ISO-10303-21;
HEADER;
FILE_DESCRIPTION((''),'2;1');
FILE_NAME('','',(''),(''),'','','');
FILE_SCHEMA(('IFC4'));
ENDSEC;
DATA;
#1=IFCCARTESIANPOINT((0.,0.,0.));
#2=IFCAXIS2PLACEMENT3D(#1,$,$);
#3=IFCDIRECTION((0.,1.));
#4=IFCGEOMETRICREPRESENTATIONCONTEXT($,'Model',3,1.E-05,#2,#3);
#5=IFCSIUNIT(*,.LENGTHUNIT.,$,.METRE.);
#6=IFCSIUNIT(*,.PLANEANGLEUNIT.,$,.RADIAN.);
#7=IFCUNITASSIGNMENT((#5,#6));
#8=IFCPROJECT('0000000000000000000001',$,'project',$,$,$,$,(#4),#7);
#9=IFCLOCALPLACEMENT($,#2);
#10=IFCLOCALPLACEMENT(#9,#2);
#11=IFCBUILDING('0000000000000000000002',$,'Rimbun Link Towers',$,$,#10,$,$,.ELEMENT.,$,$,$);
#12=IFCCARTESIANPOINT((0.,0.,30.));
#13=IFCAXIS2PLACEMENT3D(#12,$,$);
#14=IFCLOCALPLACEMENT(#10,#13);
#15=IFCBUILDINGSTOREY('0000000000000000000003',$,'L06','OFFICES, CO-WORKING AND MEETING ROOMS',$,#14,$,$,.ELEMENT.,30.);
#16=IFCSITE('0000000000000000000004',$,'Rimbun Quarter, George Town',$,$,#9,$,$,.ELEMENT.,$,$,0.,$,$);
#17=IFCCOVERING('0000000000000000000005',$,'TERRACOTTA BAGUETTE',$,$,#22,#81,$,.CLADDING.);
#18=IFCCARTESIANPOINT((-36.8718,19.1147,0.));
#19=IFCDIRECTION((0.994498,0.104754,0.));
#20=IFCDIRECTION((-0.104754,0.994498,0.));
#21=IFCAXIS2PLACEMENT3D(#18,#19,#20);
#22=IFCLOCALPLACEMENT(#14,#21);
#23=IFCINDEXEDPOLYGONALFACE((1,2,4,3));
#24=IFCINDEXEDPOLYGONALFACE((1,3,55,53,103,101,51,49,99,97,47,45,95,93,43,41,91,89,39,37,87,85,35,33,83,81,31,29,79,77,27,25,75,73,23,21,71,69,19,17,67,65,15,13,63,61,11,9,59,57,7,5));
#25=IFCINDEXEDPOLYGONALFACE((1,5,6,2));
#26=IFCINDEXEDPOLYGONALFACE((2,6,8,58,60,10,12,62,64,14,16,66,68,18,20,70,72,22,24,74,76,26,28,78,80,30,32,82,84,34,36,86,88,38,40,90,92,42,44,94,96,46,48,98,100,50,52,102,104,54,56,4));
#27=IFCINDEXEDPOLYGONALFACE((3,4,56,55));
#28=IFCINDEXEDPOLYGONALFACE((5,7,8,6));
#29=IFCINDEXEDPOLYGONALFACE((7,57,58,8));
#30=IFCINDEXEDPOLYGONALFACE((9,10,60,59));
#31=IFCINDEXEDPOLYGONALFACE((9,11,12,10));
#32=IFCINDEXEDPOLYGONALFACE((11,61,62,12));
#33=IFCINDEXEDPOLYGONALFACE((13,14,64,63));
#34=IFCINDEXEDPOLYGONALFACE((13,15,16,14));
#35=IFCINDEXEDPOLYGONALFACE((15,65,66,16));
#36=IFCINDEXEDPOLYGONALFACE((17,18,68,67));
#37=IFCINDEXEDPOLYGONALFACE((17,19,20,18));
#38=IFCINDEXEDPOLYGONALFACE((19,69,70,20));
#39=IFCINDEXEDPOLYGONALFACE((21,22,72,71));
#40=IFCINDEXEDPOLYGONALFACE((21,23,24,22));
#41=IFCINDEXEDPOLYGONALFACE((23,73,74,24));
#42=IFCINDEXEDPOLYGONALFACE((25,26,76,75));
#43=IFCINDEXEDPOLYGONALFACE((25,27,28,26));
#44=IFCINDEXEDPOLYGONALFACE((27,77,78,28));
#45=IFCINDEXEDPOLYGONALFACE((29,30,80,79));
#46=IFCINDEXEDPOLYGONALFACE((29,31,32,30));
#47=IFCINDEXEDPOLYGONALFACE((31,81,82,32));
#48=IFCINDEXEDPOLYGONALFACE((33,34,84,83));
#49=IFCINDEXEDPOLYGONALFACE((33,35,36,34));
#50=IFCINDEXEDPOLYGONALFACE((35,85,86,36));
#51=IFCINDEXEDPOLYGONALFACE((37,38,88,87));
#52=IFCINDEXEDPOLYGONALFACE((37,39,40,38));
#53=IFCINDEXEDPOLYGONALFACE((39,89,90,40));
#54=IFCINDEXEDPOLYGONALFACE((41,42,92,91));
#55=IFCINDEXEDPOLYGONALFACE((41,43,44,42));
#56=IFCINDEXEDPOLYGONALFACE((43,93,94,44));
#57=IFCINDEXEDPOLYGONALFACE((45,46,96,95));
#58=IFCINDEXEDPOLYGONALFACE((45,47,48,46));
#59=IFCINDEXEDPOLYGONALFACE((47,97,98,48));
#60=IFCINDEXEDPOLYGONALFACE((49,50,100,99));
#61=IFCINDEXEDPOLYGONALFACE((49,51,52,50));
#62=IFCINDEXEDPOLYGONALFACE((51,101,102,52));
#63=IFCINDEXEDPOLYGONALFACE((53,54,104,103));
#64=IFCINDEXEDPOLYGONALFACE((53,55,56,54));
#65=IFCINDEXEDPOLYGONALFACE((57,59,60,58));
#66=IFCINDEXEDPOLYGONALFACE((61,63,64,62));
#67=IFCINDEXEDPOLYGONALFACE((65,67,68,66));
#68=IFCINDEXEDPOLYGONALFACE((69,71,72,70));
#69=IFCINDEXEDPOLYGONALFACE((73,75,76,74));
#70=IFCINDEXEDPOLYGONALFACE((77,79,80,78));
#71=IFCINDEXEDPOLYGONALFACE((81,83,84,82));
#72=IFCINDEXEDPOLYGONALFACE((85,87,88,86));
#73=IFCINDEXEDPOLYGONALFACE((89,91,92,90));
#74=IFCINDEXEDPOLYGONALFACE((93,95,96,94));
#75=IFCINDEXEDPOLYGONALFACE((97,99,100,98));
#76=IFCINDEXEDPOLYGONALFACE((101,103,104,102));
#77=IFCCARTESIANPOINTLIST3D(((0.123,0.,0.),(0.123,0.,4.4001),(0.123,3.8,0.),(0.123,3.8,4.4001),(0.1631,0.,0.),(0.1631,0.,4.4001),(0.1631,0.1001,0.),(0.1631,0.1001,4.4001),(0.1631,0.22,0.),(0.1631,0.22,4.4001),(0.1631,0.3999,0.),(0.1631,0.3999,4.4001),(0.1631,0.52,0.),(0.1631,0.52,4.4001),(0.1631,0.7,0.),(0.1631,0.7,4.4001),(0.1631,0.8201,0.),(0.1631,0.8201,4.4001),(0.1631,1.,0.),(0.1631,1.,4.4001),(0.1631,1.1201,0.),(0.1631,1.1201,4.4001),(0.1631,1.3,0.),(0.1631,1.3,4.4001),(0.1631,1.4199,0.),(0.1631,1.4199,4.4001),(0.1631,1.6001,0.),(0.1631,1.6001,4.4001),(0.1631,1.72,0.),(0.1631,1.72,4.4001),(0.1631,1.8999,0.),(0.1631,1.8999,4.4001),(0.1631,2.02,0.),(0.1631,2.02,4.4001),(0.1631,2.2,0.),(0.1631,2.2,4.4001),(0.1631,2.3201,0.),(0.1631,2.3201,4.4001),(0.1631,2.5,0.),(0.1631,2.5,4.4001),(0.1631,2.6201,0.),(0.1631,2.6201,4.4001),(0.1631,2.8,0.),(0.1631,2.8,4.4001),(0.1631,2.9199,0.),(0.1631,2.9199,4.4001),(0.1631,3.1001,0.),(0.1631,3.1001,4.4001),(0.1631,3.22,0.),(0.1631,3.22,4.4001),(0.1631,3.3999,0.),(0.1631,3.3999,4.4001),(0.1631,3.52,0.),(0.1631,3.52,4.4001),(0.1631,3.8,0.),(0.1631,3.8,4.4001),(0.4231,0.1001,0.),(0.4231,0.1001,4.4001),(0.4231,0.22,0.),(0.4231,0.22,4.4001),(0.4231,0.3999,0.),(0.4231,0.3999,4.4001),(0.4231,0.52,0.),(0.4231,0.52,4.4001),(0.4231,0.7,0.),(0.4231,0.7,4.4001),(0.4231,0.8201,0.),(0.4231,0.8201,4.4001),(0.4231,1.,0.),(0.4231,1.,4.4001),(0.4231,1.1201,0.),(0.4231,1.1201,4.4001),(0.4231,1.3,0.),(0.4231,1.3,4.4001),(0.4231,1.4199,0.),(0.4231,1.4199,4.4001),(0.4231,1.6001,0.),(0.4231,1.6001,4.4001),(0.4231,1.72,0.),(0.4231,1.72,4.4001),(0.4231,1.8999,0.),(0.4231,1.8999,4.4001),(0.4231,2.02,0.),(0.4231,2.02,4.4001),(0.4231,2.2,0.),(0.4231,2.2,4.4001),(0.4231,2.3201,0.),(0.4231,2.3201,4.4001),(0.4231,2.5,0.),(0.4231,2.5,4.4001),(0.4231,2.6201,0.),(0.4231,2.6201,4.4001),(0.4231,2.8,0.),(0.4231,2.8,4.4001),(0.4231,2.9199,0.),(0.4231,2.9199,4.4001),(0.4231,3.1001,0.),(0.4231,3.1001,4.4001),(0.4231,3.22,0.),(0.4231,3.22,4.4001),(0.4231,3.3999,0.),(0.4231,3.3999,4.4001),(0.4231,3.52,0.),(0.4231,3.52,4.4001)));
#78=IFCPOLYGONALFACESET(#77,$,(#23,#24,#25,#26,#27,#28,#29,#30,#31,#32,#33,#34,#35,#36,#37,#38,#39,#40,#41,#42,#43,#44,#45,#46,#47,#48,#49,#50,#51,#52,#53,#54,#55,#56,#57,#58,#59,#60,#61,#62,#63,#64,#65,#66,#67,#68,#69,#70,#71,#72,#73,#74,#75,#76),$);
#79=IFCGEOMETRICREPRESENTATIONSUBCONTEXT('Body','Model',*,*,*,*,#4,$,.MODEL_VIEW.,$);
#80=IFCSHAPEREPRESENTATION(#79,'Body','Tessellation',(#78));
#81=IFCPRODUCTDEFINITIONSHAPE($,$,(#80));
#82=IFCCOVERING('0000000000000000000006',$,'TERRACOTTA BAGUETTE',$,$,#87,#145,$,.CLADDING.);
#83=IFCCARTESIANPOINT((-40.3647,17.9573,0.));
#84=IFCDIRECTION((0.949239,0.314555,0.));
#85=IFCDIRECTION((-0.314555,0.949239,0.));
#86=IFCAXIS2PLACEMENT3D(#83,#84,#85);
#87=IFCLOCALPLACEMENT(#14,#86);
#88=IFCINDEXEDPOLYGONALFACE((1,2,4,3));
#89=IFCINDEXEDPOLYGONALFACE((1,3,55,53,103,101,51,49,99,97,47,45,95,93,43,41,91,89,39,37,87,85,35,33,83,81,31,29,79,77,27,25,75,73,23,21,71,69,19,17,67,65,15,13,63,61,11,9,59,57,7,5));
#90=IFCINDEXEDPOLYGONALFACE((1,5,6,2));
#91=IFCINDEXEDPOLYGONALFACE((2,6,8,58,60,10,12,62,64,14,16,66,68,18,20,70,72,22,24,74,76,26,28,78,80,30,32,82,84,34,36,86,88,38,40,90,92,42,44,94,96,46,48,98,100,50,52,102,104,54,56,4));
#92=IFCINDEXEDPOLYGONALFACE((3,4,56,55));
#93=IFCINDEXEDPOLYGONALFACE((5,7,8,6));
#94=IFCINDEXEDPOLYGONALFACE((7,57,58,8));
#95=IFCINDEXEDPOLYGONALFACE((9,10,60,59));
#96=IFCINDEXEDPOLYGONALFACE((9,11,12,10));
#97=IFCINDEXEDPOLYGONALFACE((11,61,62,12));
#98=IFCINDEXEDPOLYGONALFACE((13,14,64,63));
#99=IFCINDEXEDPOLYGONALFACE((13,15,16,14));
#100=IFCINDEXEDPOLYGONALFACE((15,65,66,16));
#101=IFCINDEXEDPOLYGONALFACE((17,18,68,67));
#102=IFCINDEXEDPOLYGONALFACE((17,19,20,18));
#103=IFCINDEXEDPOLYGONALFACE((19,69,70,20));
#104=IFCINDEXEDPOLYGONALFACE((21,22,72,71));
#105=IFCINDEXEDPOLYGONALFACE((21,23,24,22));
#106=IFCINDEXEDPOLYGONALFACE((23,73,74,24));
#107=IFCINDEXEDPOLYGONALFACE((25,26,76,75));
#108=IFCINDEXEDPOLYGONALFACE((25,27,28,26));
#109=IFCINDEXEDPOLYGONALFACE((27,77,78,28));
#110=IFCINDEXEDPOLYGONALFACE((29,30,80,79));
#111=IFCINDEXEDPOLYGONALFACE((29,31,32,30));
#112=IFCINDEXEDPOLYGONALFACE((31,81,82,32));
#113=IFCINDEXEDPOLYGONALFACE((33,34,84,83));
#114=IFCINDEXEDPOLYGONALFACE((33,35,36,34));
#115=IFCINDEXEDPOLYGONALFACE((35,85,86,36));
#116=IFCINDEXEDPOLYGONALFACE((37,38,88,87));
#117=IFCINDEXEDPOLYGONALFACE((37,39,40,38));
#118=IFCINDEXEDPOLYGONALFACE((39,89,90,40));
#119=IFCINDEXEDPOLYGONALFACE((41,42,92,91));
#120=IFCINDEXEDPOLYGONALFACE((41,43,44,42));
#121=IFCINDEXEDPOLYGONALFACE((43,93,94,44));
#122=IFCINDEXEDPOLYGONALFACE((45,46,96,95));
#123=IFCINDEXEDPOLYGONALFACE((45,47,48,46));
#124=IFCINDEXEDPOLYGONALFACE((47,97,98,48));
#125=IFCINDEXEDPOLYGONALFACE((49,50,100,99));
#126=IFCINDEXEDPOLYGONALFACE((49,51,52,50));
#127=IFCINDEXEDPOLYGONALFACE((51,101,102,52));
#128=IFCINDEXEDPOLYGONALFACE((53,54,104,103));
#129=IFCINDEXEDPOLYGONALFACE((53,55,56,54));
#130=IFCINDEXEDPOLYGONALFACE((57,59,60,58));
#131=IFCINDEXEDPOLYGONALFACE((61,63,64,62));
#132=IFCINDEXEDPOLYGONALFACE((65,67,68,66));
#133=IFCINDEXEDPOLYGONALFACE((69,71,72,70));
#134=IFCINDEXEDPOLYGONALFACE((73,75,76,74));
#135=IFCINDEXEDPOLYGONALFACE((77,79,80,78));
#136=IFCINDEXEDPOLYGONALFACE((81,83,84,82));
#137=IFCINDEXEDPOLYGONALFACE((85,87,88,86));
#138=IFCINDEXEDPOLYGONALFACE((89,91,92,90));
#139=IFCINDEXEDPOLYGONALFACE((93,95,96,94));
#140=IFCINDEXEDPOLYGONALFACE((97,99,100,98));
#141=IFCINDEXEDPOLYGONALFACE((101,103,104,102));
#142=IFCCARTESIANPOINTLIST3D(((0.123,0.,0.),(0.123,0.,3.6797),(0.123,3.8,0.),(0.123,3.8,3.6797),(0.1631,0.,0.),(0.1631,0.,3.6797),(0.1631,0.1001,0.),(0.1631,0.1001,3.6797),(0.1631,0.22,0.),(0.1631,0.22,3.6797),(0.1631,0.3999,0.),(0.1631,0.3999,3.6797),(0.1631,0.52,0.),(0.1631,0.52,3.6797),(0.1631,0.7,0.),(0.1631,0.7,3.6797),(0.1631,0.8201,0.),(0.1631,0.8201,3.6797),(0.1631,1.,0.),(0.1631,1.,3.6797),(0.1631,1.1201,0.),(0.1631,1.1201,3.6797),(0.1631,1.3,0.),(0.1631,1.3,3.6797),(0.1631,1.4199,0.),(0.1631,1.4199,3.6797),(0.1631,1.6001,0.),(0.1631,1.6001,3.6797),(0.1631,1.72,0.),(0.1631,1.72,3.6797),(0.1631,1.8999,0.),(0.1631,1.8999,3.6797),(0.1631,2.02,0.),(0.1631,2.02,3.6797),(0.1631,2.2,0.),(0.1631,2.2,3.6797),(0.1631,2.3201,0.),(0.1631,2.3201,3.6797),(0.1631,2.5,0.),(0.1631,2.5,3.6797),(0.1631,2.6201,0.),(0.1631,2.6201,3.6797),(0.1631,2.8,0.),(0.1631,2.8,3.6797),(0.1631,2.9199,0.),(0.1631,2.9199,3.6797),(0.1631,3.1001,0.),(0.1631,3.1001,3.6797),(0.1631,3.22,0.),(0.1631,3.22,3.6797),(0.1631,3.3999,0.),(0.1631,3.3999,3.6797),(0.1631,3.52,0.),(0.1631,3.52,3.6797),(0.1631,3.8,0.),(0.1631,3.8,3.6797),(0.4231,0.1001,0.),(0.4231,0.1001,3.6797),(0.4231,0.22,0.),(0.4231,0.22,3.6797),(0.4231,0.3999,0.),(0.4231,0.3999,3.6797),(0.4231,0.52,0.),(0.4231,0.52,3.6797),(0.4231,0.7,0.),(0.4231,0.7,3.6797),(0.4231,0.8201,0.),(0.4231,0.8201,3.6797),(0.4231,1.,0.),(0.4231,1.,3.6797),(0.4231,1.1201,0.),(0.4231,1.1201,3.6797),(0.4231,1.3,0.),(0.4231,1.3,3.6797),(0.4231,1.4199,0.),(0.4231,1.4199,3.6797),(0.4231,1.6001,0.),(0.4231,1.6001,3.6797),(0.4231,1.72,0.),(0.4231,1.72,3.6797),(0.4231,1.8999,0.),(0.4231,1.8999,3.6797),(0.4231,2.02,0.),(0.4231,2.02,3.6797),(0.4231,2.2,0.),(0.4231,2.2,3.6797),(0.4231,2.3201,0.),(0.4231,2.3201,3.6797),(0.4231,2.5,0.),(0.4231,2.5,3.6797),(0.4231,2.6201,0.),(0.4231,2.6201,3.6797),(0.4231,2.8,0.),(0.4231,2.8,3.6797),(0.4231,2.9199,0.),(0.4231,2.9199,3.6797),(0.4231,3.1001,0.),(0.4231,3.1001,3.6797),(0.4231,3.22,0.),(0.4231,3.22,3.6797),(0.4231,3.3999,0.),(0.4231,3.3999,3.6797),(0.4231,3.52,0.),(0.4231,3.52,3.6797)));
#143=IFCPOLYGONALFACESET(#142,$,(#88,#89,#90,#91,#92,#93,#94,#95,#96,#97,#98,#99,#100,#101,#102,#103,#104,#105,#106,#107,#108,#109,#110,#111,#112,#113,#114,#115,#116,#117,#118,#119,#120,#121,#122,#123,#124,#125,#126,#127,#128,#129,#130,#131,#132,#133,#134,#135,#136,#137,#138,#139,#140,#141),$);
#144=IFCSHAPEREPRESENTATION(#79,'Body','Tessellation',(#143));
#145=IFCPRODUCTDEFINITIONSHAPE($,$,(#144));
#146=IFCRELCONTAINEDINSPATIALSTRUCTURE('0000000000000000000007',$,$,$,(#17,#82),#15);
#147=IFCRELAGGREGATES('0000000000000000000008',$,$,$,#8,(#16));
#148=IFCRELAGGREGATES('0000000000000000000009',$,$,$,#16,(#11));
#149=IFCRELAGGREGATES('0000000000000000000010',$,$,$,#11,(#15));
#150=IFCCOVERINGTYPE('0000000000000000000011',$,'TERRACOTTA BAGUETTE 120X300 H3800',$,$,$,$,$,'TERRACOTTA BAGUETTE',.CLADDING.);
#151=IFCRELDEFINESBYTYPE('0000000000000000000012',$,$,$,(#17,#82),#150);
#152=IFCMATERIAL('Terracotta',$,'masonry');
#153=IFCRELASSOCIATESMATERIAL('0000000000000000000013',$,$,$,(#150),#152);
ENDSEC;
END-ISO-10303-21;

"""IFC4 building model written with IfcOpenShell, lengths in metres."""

from ifc_helpers import new_model, si_unit, direction, frame, origin, place, context, subcontext, project, spatial, polyline, outline, extrude, material, material_profile, profile_set, type_object, element, save


model = new_model("IFC4")

# Units and contexts
model_context = context("Model", 3, precision=1e-05, world=origin(), true_north=direction((0.0, 1.0)))
body_context = subcontext(model_context, "Body", "Model", "MODEL_VIEW")
ifc_project = project(units=[si_unit("LENGTHUNIT", "METRE"), si_unit("PLANEANGLEUNIT", "RADIAN")], contexts=[model_context])

# Site, building, storey
site_placement = place(None, origin())
site = spatial("IfcSite", under=ifc_project, at=site_placement, Name="Rimbun Quarter, George Town", CompositionType="ELEMENT", RefElevation=0.0)
building_placement = place(site_placement, origin())
building = spatial("IfcBuilding", under=site, at=building_placement, Name="Rimbun Link Towers", CompositionType="ELEMENT")
storey_placement = place(building_placement, frame((0.0, 0.0, 30.0)))
storey = spatial("IfcBuildingStorey", under=building, at=storey_placement, Name="L06", Description="OFFICES, CO-WORKING AND MEETING ROOMS", CompositionType="ELEMENT", Elevation=30.0)

# Coverings
ifc_material_1 = material(Name="Terracotta", Category="masonry")
ifc_material_profile_1 = material_profile(ifc_material_1, outline(polyline([(0.123, 0.0), (0.1631, 0.0), (0.1631, 0.1001), (0.4231, 0.1001), (0.4231, 0.22), (0.1631, 0.22), (0.1631, 0.3999), (0.4231, 0.3999), (0.4231, 0.52), (0.1631, 0.52), (0.1631, 0.7), (0.4231, 0.7), (0.4231, 0.8201), (0.1631, 0.8201), (0.1631, 1.0), (0.4231, 1.0), (0.4231, 1.1201), (0.1631, 1.1201), (0.1631, 1.3), (0.4231, 1.3), (0.4231, 1.4199), (0.1631, 1.4199), (0.1631, 1.6001), (0.4231, 1.6001), (0.4231, 1.72), (0.1631, 1.72), (0.1631, 1.8999), (0.4231, 1.8999), (0.4231, 2.02), (0.1631, 2.02), (0.1631, 2.2), (0.4231, 2.2), (0.4231, 2.3201), (0.1631, 2.3201), (0.1631, 2.5), (0.4231, 2.5), (0.4231, 2.6201), (0.1631, 2.6201), (0.1631, 2.8), (0.4231, 2.8), (0.4231, 2.9199), (0.1631, 2.9199), (0.1631, 3.1001), (0.4231, 3.1001), (0.4231, 3.22), (0.1631, 3.22), (0.1631, 3.3999), (0.4231, 3.3999), (0.4231, 3.52), (0.1631, 3.52), (0.1631, 3.8), (0.123, 3.8), (0.123, 0.0)])), Name="BAGUETTE 120X300")
ifc_profile_set_1 = profile_set([ifc_material_profile_1], Name="Terracotta")
covering_type = type_object("IfcCoveringType", Name="TERRACOTTA BAGUETTE 120X300 H3800", ElementType="TERRACOTTA BAGUETTE", PredefinedType="CLADDING", material=ifc_profile_set_1)
covering_1_placement = place(storey_placement, frame((-36.8718, 19.1147, 0.0), z_axis=(0.994498, 0.104754, 0.0), x_axis=(-0.104754, 0.994498, 0.0)))
element("IfcCovering", 1, at=covering_1_placement, inside=storey, type_object=covering_type, Name="TERRACOTTA BAGUETTE", PredefinedType="CLADDING", context=body_context, shape_type="SweptSolid", body=[
    extrude(outline(polyline([(0.123, 0.0), (0.1631, 0.0), (0.1631, 0.1001), (0.4231, 0.1001), (0.4231, 0.22), (0.1631, 0.22), (0.1631, 0.3999), (0.4231, 0.3999), (0.4231, 0.52), (0.1631, 0.52), (0.1631, 0.7), (0.4231, 0.7), (0.4231, 0.8201), (0.1631, 0.8201), (0.1631, 1.0), (0.4231, 1.0), (0.4231, 1.1201), (0.1631, 1.1201), (0.1631, 1.3), (0.4231, 1.3), (0.4231, 1.4199), (0.1631, 1.4199), (0.1631, 1.6001), (0.4231, 1.6001), (0.4231, 1.72), (0.1631, 1.72), (0.1631, 1.8999), (0.4231, 1.8999), (0.4231, 2.02), (0.1631, 2.02), (0.1631, 2.2), (0.4231, 2.2), (0.4231, 2.3201), (0.1631, 2.3201), (0.1631, 2.5), (0.4231, 2.5), (0.4231, 2.6201), (0.1631, 2.6201), (0.1631, 2.8), (0.4231, 2.8), (0.4231, 2.9199), (0.1631, 2.9199), (0.1631, 3.1001), (0.4231, 3.1001), (0.4231, 3.22), (0.1631, 3.22), (0.1631, 3.3999), (0.4231, 3.3999), (0.4231, 3.52), (0.1631, 3.52), (0.1631, 3.8), (0.123, 3.8), (0.123, 0.0)])), origin(), (0.0, 0.0, 1.0), 4.4001),
])
covering_2_placement = place(storey_placement, frame((-40.3647, 17.9573, 0.0), z_axis=(0.949239, 0.314555, 0.0), x_axis=(-0.314555, 0.949239, 0.0)))
element("IfcCovering", 2, at=covering_2_placement, inside=storey, type_object=covering_type, Name="TERRACOTTA BAGUETTE", PredefinedType="CLADDING", context=body_context, shape_type="SweptSolid", body=[
    extrude(outline(polyline([(0.123, 0.0), (0.1631, 0.0), (0.1631, 0.1001), (0.4231, 0.1001), (0.4231, 0.22), (0.1631, 0.22), (0.1631, 0.3999), (0.4231, 0.3999), (0.4231, 0.52), (0.1631, 0.52), (0.1631, 0.7), (0.4231, 0.7), (0.4231, 0.8201), (0.1631, 0.8201), (0.1631, 1.0), (0.4231, 1.0), (0.4231, 1.1201), (0.1631, 1.1201), (0.1631, 1.3), (0.4231, 1.3), (0.4231, 1.4199), (0.1631, 1.4199), (0.1631, 1.6001), (0.4231, 1.6001), (0.4231, 1.72), (0.1631, 1.72), (0.1631, 1.8999), (0.4231, 1.8999), (0.4231, 2.02), (0.1631, 2.02), (0.1631, 2.2), (0.4231, 2.2), (0.4231, 2.3201), (0.1631, 2.3201), (0.1631, 2.5), (0.4231, 2.5), (0.4231, 2.6201), (0.1631, 2.6201), (0.1631, 2.8), (0.4231, 2.8), (0.4231, 2.9199), (0.1631, 2.9199), (0.1631, 3.1001), (0.4231, 3.1001), (0.4231, 3.22), (0.1631, 3.22), (0.1631, 3.3999), (0.4231, 3.3999), (0.4231, 3.52), (0.1631, 3.52), (0.1631, 3.8), (0.123, 3.8), (0.123, 0.0)])), origin(), (0.0, 0.0, 1.0), 3.6797),
])

save(model, "model.ifc")
